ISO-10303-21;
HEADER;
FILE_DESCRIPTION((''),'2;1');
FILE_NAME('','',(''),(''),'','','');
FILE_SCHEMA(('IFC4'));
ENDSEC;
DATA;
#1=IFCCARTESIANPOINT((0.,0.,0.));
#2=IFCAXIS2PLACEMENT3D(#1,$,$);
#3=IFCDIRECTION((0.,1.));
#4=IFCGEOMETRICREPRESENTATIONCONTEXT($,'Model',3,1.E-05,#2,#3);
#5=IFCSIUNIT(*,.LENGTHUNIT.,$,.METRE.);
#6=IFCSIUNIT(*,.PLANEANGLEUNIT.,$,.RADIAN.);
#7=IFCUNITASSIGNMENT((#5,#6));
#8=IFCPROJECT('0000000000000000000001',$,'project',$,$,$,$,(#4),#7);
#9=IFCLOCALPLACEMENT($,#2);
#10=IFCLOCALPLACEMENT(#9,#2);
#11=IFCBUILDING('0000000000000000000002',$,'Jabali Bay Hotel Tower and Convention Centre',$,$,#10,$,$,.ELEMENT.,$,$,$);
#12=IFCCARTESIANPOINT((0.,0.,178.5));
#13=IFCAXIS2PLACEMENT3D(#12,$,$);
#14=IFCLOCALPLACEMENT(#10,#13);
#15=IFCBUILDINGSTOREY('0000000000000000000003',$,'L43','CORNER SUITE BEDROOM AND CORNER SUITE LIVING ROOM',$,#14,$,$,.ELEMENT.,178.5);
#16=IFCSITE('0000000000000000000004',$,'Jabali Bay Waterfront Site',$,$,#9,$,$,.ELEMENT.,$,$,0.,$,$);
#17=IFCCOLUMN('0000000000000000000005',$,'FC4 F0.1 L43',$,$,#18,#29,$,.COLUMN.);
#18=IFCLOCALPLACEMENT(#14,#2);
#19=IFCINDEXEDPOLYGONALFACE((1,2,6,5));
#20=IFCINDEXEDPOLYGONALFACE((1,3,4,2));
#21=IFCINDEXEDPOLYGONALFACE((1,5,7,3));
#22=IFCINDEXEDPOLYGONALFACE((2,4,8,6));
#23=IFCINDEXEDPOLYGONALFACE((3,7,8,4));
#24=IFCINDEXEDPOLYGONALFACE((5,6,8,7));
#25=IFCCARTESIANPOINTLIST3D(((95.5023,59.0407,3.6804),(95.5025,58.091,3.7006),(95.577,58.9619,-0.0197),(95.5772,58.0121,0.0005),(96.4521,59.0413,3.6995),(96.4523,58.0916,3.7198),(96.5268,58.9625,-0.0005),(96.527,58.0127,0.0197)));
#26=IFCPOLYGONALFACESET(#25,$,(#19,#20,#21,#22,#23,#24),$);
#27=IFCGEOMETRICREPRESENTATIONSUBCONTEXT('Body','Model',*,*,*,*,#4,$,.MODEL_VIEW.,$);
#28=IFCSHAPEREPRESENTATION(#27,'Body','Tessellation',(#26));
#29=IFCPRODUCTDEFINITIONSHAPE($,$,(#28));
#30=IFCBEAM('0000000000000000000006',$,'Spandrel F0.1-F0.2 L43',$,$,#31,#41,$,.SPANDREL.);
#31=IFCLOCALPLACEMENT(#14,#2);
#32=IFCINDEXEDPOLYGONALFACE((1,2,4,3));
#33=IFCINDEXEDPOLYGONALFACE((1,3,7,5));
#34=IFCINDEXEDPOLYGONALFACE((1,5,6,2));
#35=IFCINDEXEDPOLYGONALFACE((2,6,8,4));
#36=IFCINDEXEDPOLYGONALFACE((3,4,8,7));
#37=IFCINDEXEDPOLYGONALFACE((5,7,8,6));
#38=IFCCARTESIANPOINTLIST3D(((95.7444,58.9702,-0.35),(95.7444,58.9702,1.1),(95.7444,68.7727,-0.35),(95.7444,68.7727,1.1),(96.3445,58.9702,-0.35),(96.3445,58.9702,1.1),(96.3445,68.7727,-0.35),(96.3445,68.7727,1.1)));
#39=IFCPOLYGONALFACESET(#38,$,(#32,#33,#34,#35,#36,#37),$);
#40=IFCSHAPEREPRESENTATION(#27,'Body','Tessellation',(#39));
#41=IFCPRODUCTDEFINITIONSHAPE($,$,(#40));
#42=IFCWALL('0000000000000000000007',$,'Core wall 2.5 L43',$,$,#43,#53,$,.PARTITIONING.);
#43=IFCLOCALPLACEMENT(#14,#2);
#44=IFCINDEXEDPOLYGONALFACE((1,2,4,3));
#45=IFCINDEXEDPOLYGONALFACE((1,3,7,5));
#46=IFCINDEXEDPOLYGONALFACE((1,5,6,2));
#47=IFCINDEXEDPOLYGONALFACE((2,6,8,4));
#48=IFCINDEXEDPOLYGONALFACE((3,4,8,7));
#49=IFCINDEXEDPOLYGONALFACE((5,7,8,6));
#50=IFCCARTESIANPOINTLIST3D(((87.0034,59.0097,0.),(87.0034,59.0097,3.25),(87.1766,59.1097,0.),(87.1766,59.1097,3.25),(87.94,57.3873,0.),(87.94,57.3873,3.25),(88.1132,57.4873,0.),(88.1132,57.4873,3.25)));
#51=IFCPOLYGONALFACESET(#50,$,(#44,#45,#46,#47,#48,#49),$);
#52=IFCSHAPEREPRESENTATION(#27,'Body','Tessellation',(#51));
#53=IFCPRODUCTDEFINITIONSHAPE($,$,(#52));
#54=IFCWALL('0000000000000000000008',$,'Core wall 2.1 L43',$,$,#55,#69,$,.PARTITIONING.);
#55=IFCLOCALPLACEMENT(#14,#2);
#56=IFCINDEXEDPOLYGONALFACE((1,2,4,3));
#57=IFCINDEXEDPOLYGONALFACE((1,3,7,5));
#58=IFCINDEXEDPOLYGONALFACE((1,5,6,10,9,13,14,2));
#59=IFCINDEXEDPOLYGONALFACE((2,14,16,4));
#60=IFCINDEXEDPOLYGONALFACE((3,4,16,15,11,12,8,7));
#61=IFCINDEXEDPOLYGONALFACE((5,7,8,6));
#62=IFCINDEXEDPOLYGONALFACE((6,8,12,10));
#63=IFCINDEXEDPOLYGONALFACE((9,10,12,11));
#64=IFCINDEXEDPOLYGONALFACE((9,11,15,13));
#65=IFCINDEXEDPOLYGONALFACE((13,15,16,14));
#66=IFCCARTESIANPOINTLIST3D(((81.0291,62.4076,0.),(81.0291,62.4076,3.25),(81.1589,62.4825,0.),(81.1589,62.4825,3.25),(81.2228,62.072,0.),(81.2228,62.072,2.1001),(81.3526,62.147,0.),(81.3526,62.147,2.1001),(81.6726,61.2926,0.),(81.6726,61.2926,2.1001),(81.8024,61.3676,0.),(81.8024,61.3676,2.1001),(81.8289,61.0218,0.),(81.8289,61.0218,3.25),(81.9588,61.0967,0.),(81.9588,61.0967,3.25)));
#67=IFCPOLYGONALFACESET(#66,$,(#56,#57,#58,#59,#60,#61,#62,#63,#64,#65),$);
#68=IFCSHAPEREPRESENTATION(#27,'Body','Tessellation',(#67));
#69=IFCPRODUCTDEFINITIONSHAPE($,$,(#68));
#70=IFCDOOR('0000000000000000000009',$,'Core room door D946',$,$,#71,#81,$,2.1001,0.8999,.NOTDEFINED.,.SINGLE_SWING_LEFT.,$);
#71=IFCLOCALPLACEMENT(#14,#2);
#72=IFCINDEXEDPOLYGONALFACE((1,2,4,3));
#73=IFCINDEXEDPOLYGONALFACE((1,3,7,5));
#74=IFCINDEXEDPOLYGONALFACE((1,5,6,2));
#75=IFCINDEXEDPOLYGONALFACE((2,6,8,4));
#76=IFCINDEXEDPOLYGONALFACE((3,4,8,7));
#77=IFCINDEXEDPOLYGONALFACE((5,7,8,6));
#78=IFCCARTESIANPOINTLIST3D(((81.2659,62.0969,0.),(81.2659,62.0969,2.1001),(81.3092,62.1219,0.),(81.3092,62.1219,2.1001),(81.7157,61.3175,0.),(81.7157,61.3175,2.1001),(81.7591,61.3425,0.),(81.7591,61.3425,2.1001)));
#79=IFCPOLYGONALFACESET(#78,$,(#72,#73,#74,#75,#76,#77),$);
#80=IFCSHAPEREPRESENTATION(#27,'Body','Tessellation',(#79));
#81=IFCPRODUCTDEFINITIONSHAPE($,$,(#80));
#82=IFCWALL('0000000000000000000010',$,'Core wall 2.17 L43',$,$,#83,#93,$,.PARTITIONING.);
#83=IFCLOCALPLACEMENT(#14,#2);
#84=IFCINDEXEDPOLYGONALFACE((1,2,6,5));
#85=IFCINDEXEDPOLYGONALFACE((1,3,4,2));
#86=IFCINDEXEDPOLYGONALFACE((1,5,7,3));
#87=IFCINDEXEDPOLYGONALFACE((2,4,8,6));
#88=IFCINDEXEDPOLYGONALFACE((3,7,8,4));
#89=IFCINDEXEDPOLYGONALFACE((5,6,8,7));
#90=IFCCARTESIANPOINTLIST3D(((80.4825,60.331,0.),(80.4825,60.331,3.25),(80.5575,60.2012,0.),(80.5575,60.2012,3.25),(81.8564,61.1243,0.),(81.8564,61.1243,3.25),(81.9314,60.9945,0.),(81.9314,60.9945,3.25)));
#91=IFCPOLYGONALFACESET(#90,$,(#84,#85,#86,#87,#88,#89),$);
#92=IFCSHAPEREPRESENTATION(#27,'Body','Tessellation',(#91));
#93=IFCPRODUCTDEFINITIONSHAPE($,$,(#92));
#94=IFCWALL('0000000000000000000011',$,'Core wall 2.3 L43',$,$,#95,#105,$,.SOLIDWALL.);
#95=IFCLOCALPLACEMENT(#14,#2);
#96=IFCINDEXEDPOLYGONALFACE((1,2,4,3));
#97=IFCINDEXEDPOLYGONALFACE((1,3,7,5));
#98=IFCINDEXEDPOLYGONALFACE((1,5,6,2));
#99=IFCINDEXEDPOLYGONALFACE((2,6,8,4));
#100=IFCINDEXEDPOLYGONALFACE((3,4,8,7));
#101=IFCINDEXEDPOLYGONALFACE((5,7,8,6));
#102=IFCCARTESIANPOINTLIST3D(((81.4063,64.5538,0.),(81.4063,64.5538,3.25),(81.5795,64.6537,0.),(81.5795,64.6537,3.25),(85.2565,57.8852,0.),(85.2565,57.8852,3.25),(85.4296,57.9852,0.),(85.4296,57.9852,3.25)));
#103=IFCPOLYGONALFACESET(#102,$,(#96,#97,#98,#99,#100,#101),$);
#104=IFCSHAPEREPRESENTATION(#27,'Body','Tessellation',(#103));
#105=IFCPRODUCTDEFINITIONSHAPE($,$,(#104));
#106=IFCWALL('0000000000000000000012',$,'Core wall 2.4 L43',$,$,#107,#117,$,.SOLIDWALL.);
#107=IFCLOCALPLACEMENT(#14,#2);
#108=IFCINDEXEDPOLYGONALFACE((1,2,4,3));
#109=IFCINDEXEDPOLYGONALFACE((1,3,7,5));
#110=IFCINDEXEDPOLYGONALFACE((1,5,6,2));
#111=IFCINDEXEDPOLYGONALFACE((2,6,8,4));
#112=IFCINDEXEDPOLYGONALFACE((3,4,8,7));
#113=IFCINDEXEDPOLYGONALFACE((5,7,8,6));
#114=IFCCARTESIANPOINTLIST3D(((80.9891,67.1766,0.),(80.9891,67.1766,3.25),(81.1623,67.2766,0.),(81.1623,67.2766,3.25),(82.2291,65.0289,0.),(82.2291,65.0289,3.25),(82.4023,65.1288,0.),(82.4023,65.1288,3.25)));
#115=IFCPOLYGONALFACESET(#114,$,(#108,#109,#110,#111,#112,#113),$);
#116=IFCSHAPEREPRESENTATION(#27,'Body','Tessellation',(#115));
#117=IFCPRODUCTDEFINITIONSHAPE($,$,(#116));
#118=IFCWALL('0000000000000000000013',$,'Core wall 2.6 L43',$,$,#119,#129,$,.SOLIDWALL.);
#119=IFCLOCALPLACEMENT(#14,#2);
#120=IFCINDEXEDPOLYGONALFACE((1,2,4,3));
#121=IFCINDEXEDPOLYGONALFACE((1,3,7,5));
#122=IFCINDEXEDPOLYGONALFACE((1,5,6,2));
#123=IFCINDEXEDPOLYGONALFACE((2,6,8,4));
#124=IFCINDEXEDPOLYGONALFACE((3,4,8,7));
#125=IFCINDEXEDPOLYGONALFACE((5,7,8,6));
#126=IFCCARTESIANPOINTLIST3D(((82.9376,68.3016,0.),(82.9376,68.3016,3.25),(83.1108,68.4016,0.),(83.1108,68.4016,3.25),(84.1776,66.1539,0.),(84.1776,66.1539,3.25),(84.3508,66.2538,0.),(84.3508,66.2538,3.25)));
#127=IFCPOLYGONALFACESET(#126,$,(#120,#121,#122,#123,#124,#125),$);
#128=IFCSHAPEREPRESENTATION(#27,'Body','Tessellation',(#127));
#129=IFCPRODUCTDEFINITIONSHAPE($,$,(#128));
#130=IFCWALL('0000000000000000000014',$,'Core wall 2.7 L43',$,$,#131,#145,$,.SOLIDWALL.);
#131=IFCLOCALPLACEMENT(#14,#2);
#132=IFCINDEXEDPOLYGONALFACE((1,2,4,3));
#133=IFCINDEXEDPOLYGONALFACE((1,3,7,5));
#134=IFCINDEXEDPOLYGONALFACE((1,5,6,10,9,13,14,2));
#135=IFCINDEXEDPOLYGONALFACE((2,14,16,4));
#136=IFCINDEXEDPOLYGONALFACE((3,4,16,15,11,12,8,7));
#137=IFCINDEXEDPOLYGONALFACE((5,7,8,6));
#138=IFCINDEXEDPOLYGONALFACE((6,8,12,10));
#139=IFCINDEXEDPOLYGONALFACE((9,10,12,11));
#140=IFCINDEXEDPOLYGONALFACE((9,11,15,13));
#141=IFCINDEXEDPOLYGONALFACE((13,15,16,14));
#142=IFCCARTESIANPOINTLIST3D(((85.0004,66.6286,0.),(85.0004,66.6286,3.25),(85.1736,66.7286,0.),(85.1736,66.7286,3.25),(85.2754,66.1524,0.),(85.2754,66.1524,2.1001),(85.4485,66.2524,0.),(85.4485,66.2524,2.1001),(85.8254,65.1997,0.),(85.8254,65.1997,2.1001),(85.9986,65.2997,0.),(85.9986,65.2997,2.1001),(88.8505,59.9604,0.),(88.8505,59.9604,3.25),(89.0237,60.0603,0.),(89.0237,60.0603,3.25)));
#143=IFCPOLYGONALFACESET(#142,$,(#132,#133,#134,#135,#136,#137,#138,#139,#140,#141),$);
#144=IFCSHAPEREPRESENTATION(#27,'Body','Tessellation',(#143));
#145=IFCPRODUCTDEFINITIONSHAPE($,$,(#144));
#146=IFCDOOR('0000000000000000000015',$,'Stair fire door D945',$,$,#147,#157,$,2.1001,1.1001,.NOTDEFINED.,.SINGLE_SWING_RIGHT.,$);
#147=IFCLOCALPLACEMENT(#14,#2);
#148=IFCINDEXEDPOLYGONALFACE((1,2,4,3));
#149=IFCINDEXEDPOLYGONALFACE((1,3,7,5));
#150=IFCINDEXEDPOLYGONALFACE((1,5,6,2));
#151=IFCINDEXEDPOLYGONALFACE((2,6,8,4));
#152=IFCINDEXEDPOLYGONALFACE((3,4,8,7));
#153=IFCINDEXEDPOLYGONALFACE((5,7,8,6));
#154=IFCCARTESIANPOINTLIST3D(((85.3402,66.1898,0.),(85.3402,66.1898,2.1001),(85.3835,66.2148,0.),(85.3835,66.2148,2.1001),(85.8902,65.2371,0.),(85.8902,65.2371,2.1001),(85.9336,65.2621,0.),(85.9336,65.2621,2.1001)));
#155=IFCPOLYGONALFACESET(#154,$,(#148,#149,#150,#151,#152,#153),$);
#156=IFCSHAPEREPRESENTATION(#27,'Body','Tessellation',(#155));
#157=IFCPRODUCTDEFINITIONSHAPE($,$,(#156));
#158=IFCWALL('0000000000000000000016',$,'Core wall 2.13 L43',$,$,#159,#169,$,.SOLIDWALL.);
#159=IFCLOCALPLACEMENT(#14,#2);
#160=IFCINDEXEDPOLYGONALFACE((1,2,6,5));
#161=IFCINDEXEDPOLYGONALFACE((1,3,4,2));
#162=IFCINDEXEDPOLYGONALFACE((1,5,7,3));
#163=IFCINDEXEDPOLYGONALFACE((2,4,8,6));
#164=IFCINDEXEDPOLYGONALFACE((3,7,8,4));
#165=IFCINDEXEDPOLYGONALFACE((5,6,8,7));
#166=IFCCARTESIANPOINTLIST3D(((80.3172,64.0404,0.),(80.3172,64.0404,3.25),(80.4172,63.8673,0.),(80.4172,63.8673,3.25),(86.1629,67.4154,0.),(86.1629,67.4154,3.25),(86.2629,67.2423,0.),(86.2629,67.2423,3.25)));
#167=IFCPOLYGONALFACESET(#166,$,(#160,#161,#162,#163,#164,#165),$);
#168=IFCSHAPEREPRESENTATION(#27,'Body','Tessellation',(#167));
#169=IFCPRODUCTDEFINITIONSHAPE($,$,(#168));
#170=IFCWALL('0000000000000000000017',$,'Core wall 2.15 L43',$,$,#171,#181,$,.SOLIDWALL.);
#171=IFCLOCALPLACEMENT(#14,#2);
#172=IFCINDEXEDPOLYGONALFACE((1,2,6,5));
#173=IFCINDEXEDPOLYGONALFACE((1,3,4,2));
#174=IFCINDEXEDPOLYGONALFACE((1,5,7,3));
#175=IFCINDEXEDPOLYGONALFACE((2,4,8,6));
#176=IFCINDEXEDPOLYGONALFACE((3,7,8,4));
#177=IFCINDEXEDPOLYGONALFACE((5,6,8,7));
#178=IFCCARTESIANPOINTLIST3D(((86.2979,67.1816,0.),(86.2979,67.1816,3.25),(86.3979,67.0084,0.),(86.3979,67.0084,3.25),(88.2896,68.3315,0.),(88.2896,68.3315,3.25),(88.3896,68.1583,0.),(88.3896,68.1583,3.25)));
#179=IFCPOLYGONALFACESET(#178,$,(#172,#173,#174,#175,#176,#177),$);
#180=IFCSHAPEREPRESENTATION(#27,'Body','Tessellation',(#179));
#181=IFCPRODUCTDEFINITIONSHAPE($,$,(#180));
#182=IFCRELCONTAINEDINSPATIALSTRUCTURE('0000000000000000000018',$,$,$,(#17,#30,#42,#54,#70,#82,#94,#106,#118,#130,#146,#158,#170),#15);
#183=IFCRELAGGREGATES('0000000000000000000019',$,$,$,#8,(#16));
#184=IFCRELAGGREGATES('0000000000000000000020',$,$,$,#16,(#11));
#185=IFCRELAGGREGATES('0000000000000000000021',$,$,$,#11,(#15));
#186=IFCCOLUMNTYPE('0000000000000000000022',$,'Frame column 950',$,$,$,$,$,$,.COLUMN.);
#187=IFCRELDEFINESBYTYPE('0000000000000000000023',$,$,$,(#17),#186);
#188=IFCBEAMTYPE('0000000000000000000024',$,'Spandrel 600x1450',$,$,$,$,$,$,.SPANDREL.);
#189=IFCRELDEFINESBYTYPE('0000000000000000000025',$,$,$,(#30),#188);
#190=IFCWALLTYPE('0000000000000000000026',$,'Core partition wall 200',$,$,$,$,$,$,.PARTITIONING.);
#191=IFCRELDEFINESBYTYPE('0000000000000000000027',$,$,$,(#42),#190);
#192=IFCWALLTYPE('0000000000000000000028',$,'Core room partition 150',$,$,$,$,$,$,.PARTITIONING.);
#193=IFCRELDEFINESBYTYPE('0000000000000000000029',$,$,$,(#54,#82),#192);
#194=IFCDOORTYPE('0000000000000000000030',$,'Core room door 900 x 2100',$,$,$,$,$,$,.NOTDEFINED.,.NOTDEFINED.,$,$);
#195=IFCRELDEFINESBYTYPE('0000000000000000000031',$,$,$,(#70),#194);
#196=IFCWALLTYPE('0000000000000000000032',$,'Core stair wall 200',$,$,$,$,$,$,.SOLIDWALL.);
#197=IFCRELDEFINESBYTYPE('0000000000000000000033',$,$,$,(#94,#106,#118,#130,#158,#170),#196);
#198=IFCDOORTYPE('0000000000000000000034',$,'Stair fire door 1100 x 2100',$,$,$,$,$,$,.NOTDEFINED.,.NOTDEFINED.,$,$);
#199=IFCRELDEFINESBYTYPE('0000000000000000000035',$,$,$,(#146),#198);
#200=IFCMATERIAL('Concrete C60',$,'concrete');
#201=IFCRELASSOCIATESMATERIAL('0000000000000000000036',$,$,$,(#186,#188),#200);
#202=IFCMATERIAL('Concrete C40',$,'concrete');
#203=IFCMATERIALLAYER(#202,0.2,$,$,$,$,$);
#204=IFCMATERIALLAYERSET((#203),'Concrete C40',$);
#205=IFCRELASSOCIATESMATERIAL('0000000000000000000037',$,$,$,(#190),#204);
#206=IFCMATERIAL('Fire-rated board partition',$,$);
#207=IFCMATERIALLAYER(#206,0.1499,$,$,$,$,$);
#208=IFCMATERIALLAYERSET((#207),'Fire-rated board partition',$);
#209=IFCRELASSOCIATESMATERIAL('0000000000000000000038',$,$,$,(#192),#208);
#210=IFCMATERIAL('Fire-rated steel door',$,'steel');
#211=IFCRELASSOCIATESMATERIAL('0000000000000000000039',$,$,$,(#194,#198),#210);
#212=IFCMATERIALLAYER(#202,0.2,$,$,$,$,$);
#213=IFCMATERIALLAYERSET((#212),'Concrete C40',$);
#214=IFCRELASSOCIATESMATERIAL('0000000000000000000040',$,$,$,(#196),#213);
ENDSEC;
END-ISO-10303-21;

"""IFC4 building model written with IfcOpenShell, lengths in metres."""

from ifc_helpers import new_model, si_unit, direction, frame, frame_2d, origin, origin_2d, place, context, subcontext, project, spatial, rectangle, extrude, material, layer, layer_set, material_profile, profile_set, type_object, element, fill, save


model = new_model("IFC4")

# Units and contexts
model_context = context("Model", 3, precision=1e-05, world=origin(), true_north=direction((0.0, 1.0)))
body_context = subcontext(model_context, "Body", "Model", "MODEL_VIEW")
ifc_project = project(units=[si_unit("LENGTHUNIT", "METRE"), si_unit("PLANEANGLEUNIT", "RADIAN")], contexts=[model_context])

# Site, building, storey
site_placement = place(None, origin())
site = spatial("IfcSite", under=ifc_project, at=site_placement, Name="Jabali Bay Waterfront Site", CompositionType="ELEMENT", RefElevation=0.0)
building_placement = place(site_placement, origin())
building = spatial("IfcBuilding", under=site, at=building_placement, Name="Jabali Bay Hotel Tower and Convention Centre", CompositionType="ELEMENT")
storey_placement = place(building_placement, frame((0.0, 0.0, 178.5)))
storey = spatial("IfcBuildingStorey", under=building, at=storey_placement, Name="L43", Description="CORNER SUITE BEDROOM AND CORNER SUITE LIVING ROOM", CompositionType="ELEMENT", Elevation=178.5)

# Column
ifc_material_1 = material(Name="Concrete C60", Category="concrete")
ifc_material_profile_1 = material_profile(ifc_material_1, rectangle(XDim=0.95, YDim=0.95, at=origin_2d()), Name="Frame column 950")
ifc_profile_set_1 = profile_set([ifc_material_profile_1], Name="Concrete C60")
column_type = type_object("IfcColumnType", Name="Frame column 950", PredefinedType="COLUMN", material=ifc_profile_set_1)
column_placement = place(storey_placement, frame((96.052, 58.4873, 0.0), z_axis=(-0.020183, 0.021304, 0.999569), x_axis=(0.000228, -0.999773, 0.021313)))
element("IfcColumn", 1, at=column_placement, inside=storey, type_object=column_type, Name="FC4 F0.1 L43", PredefinedType="COLUMN", context=body_context, shape_type="SweptSolid", body=[
    extrude(rectangle(XDim=0.95, YDim=0.95, at=origin_2d()), origin(), (0.0, 0.0, 1.0), 3.7017),
])

# Beam
ifc_material_profile_2 = material_profile(ifc_material_1, rectangle(XDim=0.6001, YDim=1.45, at=origin_2d()), Name="Spandrel 600x1450")
ifc_profile_set_2 = profile_set([ifc_material_profile_2], Name="Concrete C60")
beam_type = type_object("IfcBeamType", Name="Spandrel 600x1450", PredefinedType="SPANDREL", material=ifc_profile_set_2)
beam_placement = place(storey_placement, frame((96.0444, 58.9702, 0.375), z_axis=(0.0, 1.0, 0.0), x_axis=(-1.0, 0.0, 0.0)))
element("IfcBeam", 2, at=beam_placement, inside=storey, type_object=beam_type, Name="Spandrel F0.1-F0.2 L43", PredefinedType="SPANDREL", context=body_context, shape_type="SweptSolid", body=[
    extrude(rectangle(XDim=0.6001, YDim=1.45, at=origin_2d()), origin(), (0.0, 0.0, 1.0), 9.8025),
])

# Wall
ifc_material_2 = material(Name="Concrete C40", Category="concrete")
ifc_layer_1 = layer(ifc_material_2, 0.2)
ifc_layer_set_1 = layer_set([ifc_layer_1], Name="Concrete C40")
wall_type_1 = type_object("IfcWallType", Name="Core partition wall 200", PredefinedType="PARTITIONING", material=ifc_layer_set_1)
wall_1_placement = place(storey_placement, frame((87.0901, 59.0596, 0.0), z_axis=(0.0, 0.0, 1.0), x_axis=(0.499952, -0.866053, 0.0)))
element("IfcWall", 3, at=wall_1_placement, inside=storey, type_object=wall_type_1, Name="Core wall 2.5 L43", PredefinedType="PARTITIONING", context=body_context, shape_type="SweptSolid", body=[
    extrude(rectangle(XDim=1.8733, YDim=0.2, at=frame_2d((0.9365, 0.0))), origin(), (0.0, 0.0, 1.0), 3.25),
])

# Wall, opening, door
ifc_material_3 = material(Name="Fire-rated board partition")
ifc_layer_2 = layer(ifc_material_3, 0.1499)
ifc_layer_set_2 = layer_set([ifc_layer_2], Name="Fire-rated board partition")
wall_type_2 = type_object("IfcWallType", Name="Core room partition 150", PredefinedType="PARTITIONING", material=ifc_layer_set_2)
wall_2_placement = place(storey_placement, frame((81.094, 62.4451, 0.0), z_axis=(0.0, 0.0, 1.0), x_axis=(0.499881, -0.866094, 0.0)))
wall_2 = element("IfcWall", 4, at=wall_2_placement, inside=storey, type_object=wall_type_2, Name="Core wall 2.1 L43", PredefinedType="PARTITIONING", context=body_context, shape_type="SweptSolid", body=[
    extrude(rectangle(XDim=1.6001, YDim=0.1499, at=frame_2d((0.8, 0.0))), origin(), (0.0, 0.0, 1.0), 3.25),
])
opening_1_placement = place(wall_2_placement, frame((0.3875, 0.0, 0.0)))
opening_1 = element("IfcOpeningElement", 5, at=opening_1_placement, cuts=wall_2, PredefinedType="OPENING", context=body_context, shape_type="SweptSolid", body=[
    extrude(rectangle(XDim=0.8999, YDim=2.1001, at=frame_2d((0.45, 1.05))), frame((0.0, 0.0854, 0.0), z_axis=(0.0, -1.0, 0.0), x_axis=(1.0, 0.0, 0.0)), (0.0, 0.0, 1.0), 0.1709),
])
ifc_material_4 = material(Name="Fire-rated steel door", Category="steel")
door_type_1 = type_object("IfcDoorType", Name="Core room door 900 x 2100", OperationType="NOTDEFINED", PredefinedType="NOTDEFINED", material=ifc_material_4)
door_1_placement = place(opening_1_placement, origin())
door_1 = element("IfcDoor", 6, at=door_1_placement, inside=storey, type_object=door_type_1, Name="Core room door D946", OperationType="SINGLE_SWING_LEFT", OverallHeight=2.1001, OverallWidth=0.8999, PredefinedType="NOTDEFINED", context=body_context, shape_type="SweptSolid", body=[
    extrude(rectangle(XDim=0.8999, YDim=2.1001, at=frame_2d((0.45, 1.05))), frame((0.0, 0.0249, 0.0), z_axis=(0.0, -1.0, 0.0), x_axis=(1.0, 0.0, 0.0)), (0.0, 0.0, 1.0), 0.05),
])
fill(opening_1, door_1)

# Walls
wall_3_placement = place(storey_placement, frame((80.52, 60.2661, 0.0), z_axis=(0.0, 0.0, 1.0), x_axis=(0.866009, 0.500029, 0.0)))
element("IfcWall", 7, at=wall_3_placement, inside=storey, type_object=wall_type_2, Name="Core wall 2.17 L43", PredefinedType="PARTITIONING", context=body_context, shape_type="SweptSolid", body=[
    extrude(rectangle(XDim=1.5864, YDim=0.1499, at=frame_2d((0.7932, 0.0))), origin(), (0.0, 0.0, 1.0), 3.25),
])
ifc_layer_3 = layer(ifc_material_2, 0.2)
ifc_layer_set_3 = layer_set([ifc_layer_3], Name="Concrete C40")
wall_type_3 = type_object("IfcWallType", Name="Core stair wall 200", PredefinedType="SOLIDWALL", material=ifc_layer_set_3)
wall_4_placement = place(storey_placement, frame((81.4929, 64.6038, 0.0), z_axis=(0.0, 0.0, 1.0), x_axis=(0.500006, -0.866022, 0.0)))
element("IfcWall", 8, at=wall_4_placement, inside=storey, type_object=wall_type_3, Name="Core wall 2.3 L43", PredefinedType="SOLIDWALL", context=body_context, shape_type="SweptSolid", body=[
    extrude(rectangle(XDim=7.7002, YDim=0.2, at=frame_2d((3.8501, 0.0))), origin(), (0.0, 0.0, 1.0), 3.25),
])
for number, where, z_axis, x_axis, name in (
    (9, (81.0757, 67.2266, 0.0), (0.0, 0.0, 1.0), (0.500004, -0.866023, 0.0), "Core wall 2.4 L43"),
    (10, (83.0242, 68.3516, 0.0), (0.0, 0.0, 1.0), (0.500004, -0.866023, 0.0), "Core wall 2.6 L43"),
):
    element("IfcWall", number, at=place(storey_placement, frame(where, z_axis=z_axis, x_axis=x_axis)), inside=storey, type_object=wall_type_3, Name=name, PredefinedType="SOLIDWALL", context=body_context, shape_type="SweptSolid", body=[
        extrude(rectangle(XDim=2.48, YDim=0.2, at=frame_2d((1.24, 0.0))), origin(), (0.0, 0.0, 1.0), 3.25),
    ])

# Wall, opening, door
wall_5_placement = place(storey_placement, frame((85.0869, 66.6787, 0.0), z_axis=(0.0, 0.0, 1.0), x_axis=(0.50002, -0.866014, 0.0)))
wall_5 = element("IfcWall", 11, at=wall_5_placement, inside=storey, type_object=wall_type_3, Name="Core wall 2.7 L43", PredefinedType="SOLIDWALL", context=body_context, shape_type="SweptSolid", body=[
    extrude(rectangle(XDim=7.7, YDim=0.2, at=frame_2d((3.8501, 0.0))), origin(), (0.0, 0.0, 1.0), 3.25),
])
opening_2_placement = place(wall_5_placement, frame((0.55, 0.0, 0.0)))
opening_2 = element("IfcOpeningElement", 12, at=opening_2_placement, cuts=wall_5, PredefinedType="OPENING", context=body_context, shape_type="SweptSolid", body=[
    extrude(rectangle(XDim=1.1001, YDim=2.1001, at=frame_2d((0.55, 1.05))), frame((0.0, 0.1104, 0.0), z_axis=(0.0, -1.0, 0.0), x_axis=(1.0, 0.0, 0.0)), (0.0, 0.0, 1.0), 0.2209),
])
door_type_2 = type_object("IfcDoorType", Name="Stair fire door 1100 x 2100", OperationType="NOTDEFINED", PredefinedType="NOTDEFINED", material=ifc_material_4)
door_2_placement = place(opening_2_placement, origin())
door_2 = element("IfcDoor", 13, at=door_2_placement, inside=storey, type_object=door_type_2, Name="Stair fire door D945", OperationType="SINGLE_SWING_RIGHT", OverallHeight=2.1001, OverallWidth=1.1001, PredefinedType="NOTDEFINED", context=body_context, shape_type="SweptSolid", body=[
    extrude(rectangle(XDim=1.1001, YDim=2.1001, at=frame_2d((0.55, 1.05))), frame((0.0, 0.0249, 0.0), z_axis=(0.0, -1.0, 0.0), x_axis=(1.0, 0.0, 0.0)), (0.0, 0.0, 1.0), 0.05),
])
fill(opening_2, door_2)

# Walls
wall_6_placement = place(storey_placement, frame((80.3672, 63.9539, 0.0), z_axis=(0.0, 0.0, 1.0), x_axis=(0.866027, 0.499998, 0.0)))
element("IfcWall", 14, at=wall_6_placement, inside=storey, type_object=wall_type_3, Name="Core wall 2.13 L43", PredefinedType="SOLIDWALL", context=body_context, shape_type="SweptSolid", body=[
    extrude(rectangle(XDim=6.75, YDim=0.2, at=frame_2d((3.375, 0.0))), origin(), (0.0, 0.0, 1.0), 3.25),
])
wall_7_placement = place(storey_placement, frame((86.3479, 67.095, 0.0), z_axis=(0.0, 0.0, 1.0), x_axis=(0.866026, 0.499998, 0.0)))
element("IfcWall", 15, at=wall_7_placement, inside=storey, type_object=wall_type_3, Name="Core wall 2.15 L43", PredefinedType="SOLIDWALL", context=body_context, shape_type="SweptSolid", body=[
    extrude(rectangle(XDim=2.2998, YDim=0.2, at=frame_2d((1.1499, 0.0))), origin(), (0.0, 0.0, 1.0), 3.25),
])

save(model, "model.ifc")
